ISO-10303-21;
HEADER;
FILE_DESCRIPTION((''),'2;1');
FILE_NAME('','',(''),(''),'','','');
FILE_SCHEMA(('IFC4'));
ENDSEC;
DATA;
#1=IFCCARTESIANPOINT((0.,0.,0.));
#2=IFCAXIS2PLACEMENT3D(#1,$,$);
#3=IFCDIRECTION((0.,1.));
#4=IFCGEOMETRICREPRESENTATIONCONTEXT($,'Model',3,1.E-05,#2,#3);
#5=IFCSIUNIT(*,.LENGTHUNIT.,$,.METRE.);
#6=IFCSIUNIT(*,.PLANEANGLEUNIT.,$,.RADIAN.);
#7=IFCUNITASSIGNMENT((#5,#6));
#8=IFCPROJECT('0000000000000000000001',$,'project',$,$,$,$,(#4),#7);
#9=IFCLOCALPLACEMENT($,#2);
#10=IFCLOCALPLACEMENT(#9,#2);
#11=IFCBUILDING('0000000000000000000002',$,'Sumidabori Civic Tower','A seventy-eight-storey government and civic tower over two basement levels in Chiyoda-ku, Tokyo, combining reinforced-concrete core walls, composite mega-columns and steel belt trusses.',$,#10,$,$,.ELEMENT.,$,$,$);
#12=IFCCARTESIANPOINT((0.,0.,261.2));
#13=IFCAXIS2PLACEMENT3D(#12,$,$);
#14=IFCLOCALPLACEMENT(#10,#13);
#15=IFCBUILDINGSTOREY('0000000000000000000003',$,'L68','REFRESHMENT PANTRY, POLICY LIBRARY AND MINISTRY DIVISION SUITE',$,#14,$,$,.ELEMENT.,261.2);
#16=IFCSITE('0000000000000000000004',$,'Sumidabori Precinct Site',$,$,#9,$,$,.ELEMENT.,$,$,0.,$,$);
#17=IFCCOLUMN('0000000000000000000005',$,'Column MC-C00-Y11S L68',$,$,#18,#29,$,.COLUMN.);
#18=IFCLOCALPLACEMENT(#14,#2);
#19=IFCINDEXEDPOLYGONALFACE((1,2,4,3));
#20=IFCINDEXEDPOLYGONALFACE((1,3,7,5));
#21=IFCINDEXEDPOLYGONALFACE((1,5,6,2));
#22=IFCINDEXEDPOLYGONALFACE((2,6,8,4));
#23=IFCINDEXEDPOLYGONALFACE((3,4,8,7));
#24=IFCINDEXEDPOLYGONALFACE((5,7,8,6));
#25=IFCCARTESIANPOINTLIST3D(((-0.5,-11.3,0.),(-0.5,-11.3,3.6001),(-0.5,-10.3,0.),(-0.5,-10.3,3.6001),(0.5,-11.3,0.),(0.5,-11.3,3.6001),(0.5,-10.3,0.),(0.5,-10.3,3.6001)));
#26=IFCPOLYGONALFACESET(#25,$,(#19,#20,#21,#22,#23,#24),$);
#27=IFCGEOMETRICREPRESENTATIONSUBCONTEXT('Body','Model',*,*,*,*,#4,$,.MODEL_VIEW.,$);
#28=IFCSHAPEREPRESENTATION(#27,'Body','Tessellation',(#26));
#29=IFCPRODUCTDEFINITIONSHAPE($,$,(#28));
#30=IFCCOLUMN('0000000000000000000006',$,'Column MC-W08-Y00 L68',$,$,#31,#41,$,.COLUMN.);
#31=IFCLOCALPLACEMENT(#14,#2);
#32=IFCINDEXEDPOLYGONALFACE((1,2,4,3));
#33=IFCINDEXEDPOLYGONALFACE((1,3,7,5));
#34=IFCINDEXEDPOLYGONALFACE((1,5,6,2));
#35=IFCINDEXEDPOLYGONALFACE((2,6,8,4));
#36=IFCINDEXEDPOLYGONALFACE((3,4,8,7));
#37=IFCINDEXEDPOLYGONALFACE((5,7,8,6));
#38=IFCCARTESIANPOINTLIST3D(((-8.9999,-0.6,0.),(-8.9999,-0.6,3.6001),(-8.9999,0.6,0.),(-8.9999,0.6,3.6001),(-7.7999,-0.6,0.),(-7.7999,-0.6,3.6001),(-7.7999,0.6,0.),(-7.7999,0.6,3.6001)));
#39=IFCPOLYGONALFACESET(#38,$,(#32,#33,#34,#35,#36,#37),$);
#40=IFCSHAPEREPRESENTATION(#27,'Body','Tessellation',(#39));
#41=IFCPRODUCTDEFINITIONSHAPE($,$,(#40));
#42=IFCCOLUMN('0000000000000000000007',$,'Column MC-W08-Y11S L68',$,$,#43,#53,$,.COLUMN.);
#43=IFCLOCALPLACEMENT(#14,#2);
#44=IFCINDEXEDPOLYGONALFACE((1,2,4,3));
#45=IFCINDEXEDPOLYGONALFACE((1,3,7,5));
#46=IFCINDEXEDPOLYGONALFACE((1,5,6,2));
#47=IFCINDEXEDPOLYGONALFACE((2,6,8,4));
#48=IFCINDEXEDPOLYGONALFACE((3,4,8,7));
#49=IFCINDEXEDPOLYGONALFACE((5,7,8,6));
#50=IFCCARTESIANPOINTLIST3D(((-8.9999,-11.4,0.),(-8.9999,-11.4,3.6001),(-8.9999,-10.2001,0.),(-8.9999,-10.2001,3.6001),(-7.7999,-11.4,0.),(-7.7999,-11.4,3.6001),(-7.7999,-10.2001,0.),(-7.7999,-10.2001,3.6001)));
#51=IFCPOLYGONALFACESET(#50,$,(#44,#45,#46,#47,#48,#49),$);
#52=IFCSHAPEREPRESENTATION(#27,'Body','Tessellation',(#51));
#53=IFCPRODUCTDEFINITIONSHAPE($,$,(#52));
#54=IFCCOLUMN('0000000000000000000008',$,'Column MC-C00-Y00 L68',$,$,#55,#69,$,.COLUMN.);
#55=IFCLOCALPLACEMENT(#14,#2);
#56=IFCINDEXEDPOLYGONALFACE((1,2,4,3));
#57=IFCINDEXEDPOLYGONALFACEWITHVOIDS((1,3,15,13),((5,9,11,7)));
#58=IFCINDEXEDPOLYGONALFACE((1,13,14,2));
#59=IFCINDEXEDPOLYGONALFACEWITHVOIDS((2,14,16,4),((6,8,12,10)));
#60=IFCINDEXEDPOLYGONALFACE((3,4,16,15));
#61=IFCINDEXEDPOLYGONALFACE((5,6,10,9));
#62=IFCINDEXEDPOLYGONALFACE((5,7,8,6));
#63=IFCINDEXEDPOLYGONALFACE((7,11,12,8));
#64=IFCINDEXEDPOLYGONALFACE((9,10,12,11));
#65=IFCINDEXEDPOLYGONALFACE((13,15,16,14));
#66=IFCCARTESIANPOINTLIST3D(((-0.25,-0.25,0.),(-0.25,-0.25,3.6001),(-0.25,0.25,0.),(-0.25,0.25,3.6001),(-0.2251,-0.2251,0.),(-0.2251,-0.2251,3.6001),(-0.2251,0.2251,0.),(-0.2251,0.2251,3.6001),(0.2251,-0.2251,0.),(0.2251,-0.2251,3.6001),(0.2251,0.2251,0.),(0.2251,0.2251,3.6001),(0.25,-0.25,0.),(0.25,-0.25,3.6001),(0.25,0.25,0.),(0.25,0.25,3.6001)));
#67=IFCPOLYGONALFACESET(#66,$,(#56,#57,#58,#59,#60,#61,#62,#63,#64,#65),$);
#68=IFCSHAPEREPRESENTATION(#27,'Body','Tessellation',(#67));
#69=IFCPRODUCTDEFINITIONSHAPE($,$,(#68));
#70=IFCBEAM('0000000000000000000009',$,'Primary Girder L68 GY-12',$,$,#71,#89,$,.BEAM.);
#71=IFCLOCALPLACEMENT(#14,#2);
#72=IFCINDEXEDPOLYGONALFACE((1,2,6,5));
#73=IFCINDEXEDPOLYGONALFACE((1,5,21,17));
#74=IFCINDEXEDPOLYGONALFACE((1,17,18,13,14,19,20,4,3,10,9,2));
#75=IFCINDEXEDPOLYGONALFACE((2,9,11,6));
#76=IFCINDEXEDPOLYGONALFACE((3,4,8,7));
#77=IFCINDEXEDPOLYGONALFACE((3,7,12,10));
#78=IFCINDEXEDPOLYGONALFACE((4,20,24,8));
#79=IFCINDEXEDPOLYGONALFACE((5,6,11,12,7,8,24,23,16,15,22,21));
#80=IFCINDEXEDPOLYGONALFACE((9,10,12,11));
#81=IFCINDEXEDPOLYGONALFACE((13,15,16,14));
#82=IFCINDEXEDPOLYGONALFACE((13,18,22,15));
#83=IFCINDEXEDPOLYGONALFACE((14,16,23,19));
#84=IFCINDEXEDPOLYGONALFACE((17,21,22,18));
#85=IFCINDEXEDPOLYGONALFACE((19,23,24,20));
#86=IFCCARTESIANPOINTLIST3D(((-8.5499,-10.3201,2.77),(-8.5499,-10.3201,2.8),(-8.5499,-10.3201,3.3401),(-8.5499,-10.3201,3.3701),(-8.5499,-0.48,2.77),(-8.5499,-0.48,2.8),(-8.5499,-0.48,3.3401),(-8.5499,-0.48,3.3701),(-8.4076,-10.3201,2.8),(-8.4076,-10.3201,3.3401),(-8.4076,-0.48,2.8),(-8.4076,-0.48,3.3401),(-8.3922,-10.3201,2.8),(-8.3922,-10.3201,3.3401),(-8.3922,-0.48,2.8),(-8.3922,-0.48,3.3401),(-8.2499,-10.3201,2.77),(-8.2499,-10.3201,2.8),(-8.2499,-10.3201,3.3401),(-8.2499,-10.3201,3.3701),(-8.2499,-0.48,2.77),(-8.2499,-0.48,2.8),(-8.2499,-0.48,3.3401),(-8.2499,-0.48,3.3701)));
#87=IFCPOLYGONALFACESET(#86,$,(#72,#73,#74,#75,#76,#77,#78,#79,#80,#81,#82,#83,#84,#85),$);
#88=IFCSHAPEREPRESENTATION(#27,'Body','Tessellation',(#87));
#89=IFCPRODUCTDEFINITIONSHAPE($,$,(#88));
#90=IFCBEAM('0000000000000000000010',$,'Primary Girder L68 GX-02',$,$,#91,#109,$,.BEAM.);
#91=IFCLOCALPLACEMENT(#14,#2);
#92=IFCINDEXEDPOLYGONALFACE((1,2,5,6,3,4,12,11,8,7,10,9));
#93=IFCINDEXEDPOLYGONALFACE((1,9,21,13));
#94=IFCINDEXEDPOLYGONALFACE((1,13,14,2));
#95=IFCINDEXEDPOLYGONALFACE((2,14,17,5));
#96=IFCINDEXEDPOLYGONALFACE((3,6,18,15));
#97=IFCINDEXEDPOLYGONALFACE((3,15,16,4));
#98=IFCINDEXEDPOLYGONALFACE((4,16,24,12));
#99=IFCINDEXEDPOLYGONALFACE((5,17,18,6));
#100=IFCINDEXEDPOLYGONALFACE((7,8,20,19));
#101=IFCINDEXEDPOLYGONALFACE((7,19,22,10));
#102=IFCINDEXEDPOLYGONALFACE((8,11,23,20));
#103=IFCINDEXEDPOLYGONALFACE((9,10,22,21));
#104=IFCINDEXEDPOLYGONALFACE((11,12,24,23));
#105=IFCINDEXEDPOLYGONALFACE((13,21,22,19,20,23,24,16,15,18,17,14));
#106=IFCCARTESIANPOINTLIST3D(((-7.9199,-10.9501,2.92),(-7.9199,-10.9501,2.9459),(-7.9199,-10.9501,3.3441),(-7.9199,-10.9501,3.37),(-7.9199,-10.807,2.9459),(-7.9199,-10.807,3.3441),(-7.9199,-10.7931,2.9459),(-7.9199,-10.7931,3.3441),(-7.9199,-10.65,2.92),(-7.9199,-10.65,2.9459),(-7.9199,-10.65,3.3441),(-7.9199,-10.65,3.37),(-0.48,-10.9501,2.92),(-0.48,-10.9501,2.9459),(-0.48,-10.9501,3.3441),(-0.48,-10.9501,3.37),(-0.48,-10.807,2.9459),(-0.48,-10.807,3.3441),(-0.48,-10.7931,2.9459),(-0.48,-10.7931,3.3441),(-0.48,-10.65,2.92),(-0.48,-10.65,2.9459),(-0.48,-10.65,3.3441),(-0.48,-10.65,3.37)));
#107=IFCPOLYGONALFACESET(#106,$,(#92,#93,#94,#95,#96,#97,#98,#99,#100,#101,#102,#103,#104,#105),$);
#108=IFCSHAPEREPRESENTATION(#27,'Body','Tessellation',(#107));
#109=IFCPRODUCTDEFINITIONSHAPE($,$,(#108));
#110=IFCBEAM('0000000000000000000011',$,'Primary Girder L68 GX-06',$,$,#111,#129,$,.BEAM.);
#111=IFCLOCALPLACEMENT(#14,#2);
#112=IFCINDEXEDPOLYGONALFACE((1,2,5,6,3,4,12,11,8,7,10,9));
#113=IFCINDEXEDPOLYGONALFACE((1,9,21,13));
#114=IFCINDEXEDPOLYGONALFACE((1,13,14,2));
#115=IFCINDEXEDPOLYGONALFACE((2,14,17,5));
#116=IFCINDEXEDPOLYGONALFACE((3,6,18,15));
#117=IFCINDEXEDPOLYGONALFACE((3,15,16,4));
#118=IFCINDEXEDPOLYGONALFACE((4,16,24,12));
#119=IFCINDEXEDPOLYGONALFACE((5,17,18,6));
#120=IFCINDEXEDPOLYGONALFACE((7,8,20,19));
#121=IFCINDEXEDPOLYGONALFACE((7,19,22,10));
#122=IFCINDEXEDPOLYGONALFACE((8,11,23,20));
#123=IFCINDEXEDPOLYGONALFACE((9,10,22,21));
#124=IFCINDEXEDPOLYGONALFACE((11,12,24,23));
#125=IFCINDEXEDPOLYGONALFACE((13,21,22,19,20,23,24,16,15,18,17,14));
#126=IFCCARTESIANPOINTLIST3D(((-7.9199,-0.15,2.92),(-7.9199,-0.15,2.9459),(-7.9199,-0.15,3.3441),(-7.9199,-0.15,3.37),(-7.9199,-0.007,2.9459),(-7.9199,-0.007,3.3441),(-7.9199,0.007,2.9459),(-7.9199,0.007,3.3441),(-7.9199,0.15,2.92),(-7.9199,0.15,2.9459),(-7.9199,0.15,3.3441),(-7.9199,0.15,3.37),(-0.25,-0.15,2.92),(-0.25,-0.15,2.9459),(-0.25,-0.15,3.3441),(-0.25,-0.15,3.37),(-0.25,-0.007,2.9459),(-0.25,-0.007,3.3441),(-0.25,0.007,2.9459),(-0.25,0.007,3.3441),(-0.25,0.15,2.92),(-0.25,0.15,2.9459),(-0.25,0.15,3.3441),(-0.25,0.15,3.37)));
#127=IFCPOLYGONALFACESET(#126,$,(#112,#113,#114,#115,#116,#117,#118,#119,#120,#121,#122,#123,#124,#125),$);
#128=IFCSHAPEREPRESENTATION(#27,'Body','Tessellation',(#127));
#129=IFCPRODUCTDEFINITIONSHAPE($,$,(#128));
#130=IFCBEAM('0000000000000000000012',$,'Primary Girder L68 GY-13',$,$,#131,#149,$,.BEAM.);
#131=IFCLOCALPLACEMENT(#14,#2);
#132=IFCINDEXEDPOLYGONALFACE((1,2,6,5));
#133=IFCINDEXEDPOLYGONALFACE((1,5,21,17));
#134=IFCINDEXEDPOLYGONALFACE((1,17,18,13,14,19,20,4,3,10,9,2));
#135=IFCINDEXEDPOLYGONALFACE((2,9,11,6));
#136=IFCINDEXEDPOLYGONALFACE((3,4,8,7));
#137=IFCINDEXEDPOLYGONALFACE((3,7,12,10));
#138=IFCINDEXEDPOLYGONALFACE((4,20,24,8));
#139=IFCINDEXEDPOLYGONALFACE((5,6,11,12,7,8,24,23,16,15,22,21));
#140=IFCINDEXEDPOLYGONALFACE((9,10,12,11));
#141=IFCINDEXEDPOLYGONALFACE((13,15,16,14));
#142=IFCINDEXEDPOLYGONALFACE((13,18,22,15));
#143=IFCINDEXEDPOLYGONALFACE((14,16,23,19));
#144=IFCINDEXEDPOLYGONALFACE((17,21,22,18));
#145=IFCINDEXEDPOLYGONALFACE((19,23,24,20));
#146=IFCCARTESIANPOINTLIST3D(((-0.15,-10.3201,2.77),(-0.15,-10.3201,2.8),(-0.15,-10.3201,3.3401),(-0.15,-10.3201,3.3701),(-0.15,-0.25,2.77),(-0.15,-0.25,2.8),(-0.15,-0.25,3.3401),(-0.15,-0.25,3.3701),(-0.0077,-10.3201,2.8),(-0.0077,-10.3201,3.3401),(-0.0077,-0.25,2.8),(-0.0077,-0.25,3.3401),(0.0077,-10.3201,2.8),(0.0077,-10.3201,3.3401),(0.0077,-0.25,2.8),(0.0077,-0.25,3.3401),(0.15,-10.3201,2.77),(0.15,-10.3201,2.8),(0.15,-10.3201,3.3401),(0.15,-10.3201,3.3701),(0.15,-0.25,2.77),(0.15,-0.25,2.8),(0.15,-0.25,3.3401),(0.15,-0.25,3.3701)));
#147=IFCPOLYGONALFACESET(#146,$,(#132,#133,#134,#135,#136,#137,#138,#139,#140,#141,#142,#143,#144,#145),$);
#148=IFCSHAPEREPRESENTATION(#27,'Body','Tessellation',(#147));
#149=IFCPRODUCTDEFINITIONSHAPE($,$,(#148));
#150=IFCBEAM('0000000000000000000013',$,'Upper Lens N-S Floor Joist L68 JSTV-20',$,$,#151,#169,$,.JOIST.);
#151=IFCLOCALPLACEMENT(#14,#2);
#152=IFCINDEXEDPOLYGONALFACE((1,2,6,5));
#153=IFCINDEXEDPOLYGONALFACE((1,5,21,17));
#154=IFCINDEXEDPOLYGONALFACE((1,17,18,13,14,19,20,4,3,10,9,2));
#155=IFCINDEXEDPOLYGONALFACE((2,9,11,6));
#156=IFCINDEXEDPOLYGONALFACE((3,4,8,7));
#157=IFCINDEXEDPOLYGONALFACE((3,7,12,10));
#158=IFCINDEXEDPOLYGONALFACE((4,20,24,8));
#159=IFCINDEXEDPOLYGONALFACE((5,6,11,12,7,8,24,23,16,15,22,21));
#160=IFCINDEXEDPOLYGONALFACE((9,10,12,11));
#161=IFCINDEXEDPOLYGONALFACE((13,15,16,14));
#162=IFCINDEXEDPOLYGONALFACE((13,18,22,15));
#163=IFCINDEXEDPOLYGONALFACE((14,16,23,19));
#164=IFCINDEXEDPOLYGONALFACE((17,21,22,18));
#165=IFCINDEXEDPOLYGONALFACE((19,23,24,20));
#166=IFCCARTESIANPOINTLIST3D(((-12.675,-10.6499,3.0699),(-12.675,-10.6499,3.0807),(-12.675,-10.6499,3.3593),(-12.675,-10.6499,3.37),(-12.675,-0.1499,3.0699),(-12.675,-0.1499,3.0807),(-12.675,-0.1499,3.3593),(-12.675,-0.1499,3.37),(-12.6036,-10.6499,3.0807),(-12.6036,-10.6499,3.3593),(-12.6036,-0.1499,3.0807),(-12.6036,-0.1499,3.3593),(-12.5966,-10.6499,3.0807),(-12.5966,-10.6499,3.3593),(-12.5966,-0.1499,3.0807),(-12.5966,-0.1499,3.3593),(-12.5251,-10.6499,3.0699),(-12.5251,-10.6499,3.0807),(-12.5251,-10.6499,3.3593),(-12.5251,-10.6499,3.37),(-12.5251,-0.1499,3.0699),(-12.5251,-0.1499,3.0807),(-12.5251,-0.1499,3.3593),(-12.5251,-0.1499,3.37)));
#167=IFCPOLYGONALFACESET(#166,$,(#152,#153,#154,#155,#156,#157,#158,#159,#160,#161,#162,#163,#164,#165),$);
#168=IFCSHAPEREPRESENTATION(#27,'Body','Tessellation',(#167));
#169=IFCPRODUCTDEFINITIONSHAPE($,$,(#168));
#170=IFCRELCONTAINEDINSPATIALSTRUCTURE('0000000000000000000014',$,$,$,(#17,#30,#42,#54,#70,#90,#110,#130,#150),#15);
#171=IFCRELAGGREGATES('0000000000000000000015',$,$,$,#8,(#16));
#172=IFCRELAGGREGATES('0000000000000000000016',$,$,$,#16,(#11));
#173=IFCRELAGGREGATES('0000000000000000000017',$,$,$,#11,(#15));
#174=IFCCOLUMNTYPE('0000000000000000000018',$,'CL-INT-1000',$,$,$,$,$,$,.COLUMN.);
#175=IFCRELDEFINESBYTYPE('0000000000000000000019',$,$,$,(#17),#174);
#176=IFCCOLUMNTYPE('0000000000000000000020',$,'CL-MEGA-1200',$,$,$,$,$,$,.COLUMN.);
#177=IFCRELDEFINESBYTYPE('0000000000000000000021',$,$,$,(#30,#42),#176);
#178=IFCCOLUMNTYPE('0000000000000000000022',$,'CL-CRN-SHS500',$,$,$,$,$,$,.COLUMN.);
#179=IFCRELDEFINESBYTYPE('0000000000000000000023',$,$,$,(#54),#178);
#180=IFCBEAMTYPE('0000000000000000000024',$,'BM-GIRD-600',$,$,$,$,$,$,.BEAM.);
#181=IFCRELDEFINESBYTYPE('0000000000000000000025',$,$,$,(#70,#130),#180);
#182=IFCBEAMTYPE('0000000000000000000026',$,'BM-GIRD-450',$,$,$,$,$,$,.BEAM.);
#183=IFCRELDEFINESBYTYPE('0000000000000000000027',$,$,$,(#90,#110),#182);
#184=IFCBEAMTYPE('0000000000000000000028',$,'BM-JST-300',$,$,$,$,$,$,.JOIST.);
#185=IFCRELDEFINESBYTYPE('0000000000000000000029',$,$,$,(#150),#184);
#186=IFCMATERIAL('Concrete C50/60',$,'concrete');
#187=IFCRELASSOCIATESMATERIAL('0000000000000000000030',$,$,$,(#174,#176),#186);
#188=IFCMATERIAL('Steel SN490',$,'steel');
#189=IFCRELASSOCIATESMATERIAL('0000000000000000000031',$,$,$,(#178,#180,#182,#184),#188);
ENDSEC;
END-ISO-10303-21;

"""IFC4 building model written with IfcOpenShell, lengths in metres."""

from ifc_helpers import new_model, si_unit, direction, frame, origin, origin_with_axes, origin_2d, place, context, subcontext, project, spatial, rectangle, hollow_rectangle, i_section, extrude, source, transform, mapped, material, material_profile, profile_set, type_object, element, save


model = new_model("IFC4")

# Units and contexts
model_context = context("Model", 3, precision=1e-05, world=origin(), true_north=direction((0.0, 1.0)))
body_context = subcontext(model_context, "Body", "Model", "MODEL_VIEW")
ifc_project = project(units=[si_unit("LENGTHUNIT", "METRE"), si_unit("PLANEANGLEUNIT", "RADIAN")], contexts=[model_context])

# Site, building, storey
site_placement = place(None, origin())
site = spatial("IfcSite", under=ifc_project, at=site_placement, Name="Sumidabori Precinct Site", CompositionType="ELEMENT", RefElevation=0.0)
building_placement = place(site_placement, origin())
building = spatial("IfcBuilding", under=site, at=building_placement, Name="Sumidabori Civic Tower", Description="A seventy-eight-storey government and civic tower over two basement levels in Chiyoda-ku, Tokyo, combining reinforced-concrete core walls, composite mega-columns and steel belt trusses.", CompositionType="ELEMENT")
storey_placement = place(building_placement, frame((0.0, 0.0, 261.2)))
storey = spatial("IfcBuildingStorey", under=building, at=storey_placement, Name="L68", Description="REFRESHMENT PANTRY, POLICY LIBRARY AND MINISTRY DIVISION SUITE", CompositionType="ELEMENT", Elevation=261.2)

# Columns
ifc_material_1 = material(Name="Concrete C50/60", Category="concrete")
ifc_material_profile_1 = material_profile(ifc_material_1, rectangle(XDim=1.0, YDim=1.0, at=origin_2d()), Name="RC 1000x1000")
ifc_profile_set_1 = profile_set([ifc_material_profile_1], Name="Concrete C50/60")
column_type_1 = type_object("IfcColumnType", Name="CL-INT-1000", PredefinedType="COLUMN", material=ifc_profile_set_1)
shared_shape_1 = source(origin(), body_context, "Body", "SweptSolid", [
    extrude(rectangle(XDim=1.0, YDim=1.0, at=origin_2d()), origin(), (0.0, 0.0, 1.0), 3.6001),
])
column_1_placement = place(storey_placement, frame((0.0, -10.8, 0.0), z_axis=(0.0, 0.0, 1.0), x_axis=(1.0, 0.0, 0.0)))
element("IfcColumn", 1, at=column_1_placement, inside=storey, type_object=column_type_1, Name="Column MC-C00-Y11S L68", PredefinedType="COLUMN", context=body_context, shape_type="MappedRepresentation", body=[
    mapped(shared_shape_1, transform((0.0, 0.0, 0.0), x_axis=(1.0, 0.0, 0.0), y_axis=(0.0, 1.0, 0.0), z_axis=(0.0, 0.0, 1.0), scale=1.0)),
])
ifc_material_profile_2 = material_profile(ifc_material_1, rectangle(XDim=1.2, YDim=1.2, at=origin_2d()), Name="RC 1200x1200")
ifc_profile_set_2 = profile_set([ifc_material_profile_2], Name="Concrete C50/60")
column_type_2 = type_object("IfcColumnType", Name="CL-MEGA-1200", PredefinedType="COLUMN", material=ifc_profile_set_2)
shared_shape_2 = source(origin(), body_context, "Body", "SweptSolid", [
    extrude(rectangle(XDim=1.2, YDim=1.2, at=origin_2d()), origin(), (0.0, 0.0, 1.0), 3.6001),
])
for number, where, z_axis, x_axis, name in (
    (2, (-8.3999, 0.0, 0.0), (0.0, 0.0, 1.0), (1.0, 0.0, 0.0), "Column MC-W08-Y00 L68"),
    (3, (-8.3999, -10.8, 0.0), (0.0, 0.0, 1.0), (1.0, 0.0, 0.0), "Column MC-W08-Y11S L68"),
):
    element("IfcColumn", number, at=place(storey_placement, frame(where, z_axis=z_axis, x_axis=x_axis)), inside=storey, type_object=column_type_2, Name=name, PredefinedType="COLUMN", context=body_context, shape_type="MappedRepresentation", body=[
        mapped(shared_shape_2, transform((0.0, 0.0, 0.0), x_axis=(1.0, 0.0, 0.0), y_axis=(0.0, 1.0, 0.0), z_axis=(0.0, 0.0, 1.0), scale=1.0)),
    ])
ifc_material_2 = material(Name="Steel SN490", Category="steel")
ifc_material_profile_3 = material_profile(ifc_material_2, hollow_rectangle(XDim=0.5, YDim=0.5, WallThickness=0.0249, at=origin_2d()), Name="SHS 500x500x25")
ifc_profile_set_3 = profile_set([ifc_material_profile_3], Name="Steel SN490")
column_type_3 = type_object("IfcColumnType", Name="CL-CRN-SHS500", PredefinedType="COLUMN", material=ifc_profile_set_3)
shared_shape_3 = source(origin(), body_context, "Body", "SweptSolid", [
    extrude(hollow_rectangle(XDim=0.5, YDim=0.5, WallThickness=0.0249, at=origin_2d()), origin(), (0.0, 0.0, 1.0), 3.6001),
])
column_2_placement = place(storey_placement, origin_with_axes())
element("IfcColumn", 4, at=column_2_placement, inside=storey, type_object=column_type_3, Name="Column MC-C00-Y00 L68", PredefinedType="COLUMN", context=body_context, shape_type="MappedRepresentation", body=[
    mapped(shared_shape_3, transform((0.0, 0.0, 0.0), x_axis=(1.0, 0.0, 0.0), y_axis=(0.0, 1.0, 0.0), z_axis=(0.0, 0.0, 1.0), scale=1.0)),
])

# Beams
ifc_material_profile_4 = material_profile(ifc_material_2, i_section(OverallWidth=0.3, OverallDepth=0.6001, WebThickness=0.0154, FlangeThickness=0.03, at=origin_2d()), Name="HE 600 B")
ifc_profile_set_4 = profile_set([ifc_material_profile_4], Name="Steel SN490")
beam_type_1 = type_object("IfcBeamType", Name="BM-GIRD-600", PredefinedType="BEAM", material=ifc_profile_set_4)
shared_shape_4 = source(origin(), body_context, "Body", "SweptSolid", [
    extrude(i_section(OverallWidth=0.3, OverallDepth=0.6001, WebThickness=0.0154, FlangeThickness=0.03, at=origin_2d()), origin(), (0.0, 0.0, 1.0), 9.8401),
])
beam_1_placement = place(storey_placement, frame((-8.3999, -10.3201, 3.0701), z_axis=(0.0, 1.0, 0.0), x_axis=(-1.0, 0.0, 0.0)))
element("IfcBeam", 5, at=beam_1_placement, inside=storey, type_object=beam_type_1, Name="Primary Girder L68 GY-12", PredefinedType="BEAM", context=body_context, shape_type="MappedRepresentation", body=[
    mapped(shared_shape_4, transform((0.0, 0.0, 0.0), x_axis=(1.0, 0.0, 0.0), y_axis=(0.0, 1.0, 0.0), z_axis=(0.0, 0.0, 1.0), scale=1.0)),
])
ifc_material_profile_5 = material_profile(ifc_material_2, i_section(OverallWidth=0.3, OverallDepth=0.45, WebThickness=0.0139, FlangeThickness=0.0259, at=origin_2d()), Name="HE 450 B")
ifc_profile_set_5 = profile_set([ifc_material_profile_5], Name="Steel SN490")
beam_type_2 = type_object("IfcBeamType", Name="BM-GIRD-450", PredefinedType="BEAM", material=ifc_profile_set_5)
shared_shape_5 = source(origin(), body_context, "Body", "SweptSolid", [
    extrude(i_section(OverallWidth=0.3, OverallDepth=0.45, WebThickness=0.0139, FlangeThickness=0.0259, at=origin_2d()), origin(), (0.0, 0.0, 1.0), 7.4399),
])
beam_2_placement = place(storey_placement, frame((-7.9199, -10.8, 3.145), z_axis=(1.0, 0.0, 0.0), x_axis=(0.0, 1.0, 0.0)))
element("IfcBeam", 6, at=beam_2_placement, inside=storey, type_object=beam_type_2, Name="Primary Girder L68 GX-02", PredefinedType="BEAM", context=body_context, shape_type="MappedRepresentation", body=[
    mapped(shared_shape_5, transform((0.0, 0.0, 0.0), x_axis=(1.0, 0.0, 0.0), y_axis=(0.0, 1.0, 0.0), z_axis=(0.0, 0.0, 1.0), scale=1.0)),
])
shared_shape_6 = source(origin(), body_context, "Body", "SweptSolid", [
    extrude(i_section(OverallWidth=0.3, OverallDepth=0.45, WebThickness=0.0139, FlangeThickness=0.0259, at=origin_2d()), origin(), (0.0, 0.0, 1.0), 7.6699),
])
beam_3_placement = place(storey_placement, frame((-7.9199, 0.0, 3.145), z_axis=(1.0, 0.0, 0.0), x_axis=(0.0, 1.0, 0.0)))
element("IfcBeam", 7, at=beam_3_placement, inside=storey, type_object=beam_type_2, Name="Primary Girder L68 GX-06", PredefinedType="BEAM", context=body_context, shape_type="MappedRepresentation", body=[
    mapped(shared_shape_6, transform((0.0, 0.0, 0.0), x_axis=(1.0, 0.0, 0.0), y_axis=(0.0, 1.0, 0.0), z_axis=(0.0, 0.0, 1.0), scale=1.0)),
])
shared_shape_7 = source(origin(), body_context, "Body", "SweptSolid", [
    extrude(i_section(OverallWidth=0.3, OverallDepth=0.6001, WebThickness=0.0154, FlangeThickness=0.03, at=origin_2d()), origin(), (0.0, 0.0, 1.0), 10.0701),
])
beam_4_placement = place(storey_placement, frame((0.0, -10.3201, 3.0701), z_axis=(0.0, 1.0, 0.0), x_axis=(-1.0, 0.0, 0.0)))
element("IfcBeam", 8, at=beam_4_placement, inside=storey, type_object=beam_type_1, Name="Primary Girder L68 GY-13", PredefinedType="BEAM", context=body_context, shape_type="MappedRepresentation", body=[
    mapped(shared_shape_7, transform((0.0, 0.0, 0.0), x_axis=(1.0, 0.0, 0.0), y_axis=(0.0, 1.0, 0.0), z_axis=(0.0, 0.0, 1.0), scale=1.0)),
])
ifc_material_profile_6 = material_profile(ifc_material_2, i_section(OverallWidth=0.1499, OverallDepth=0.3, WebThickness=0.0071, FlangeThickness=0.0107, at=origin_2d()), Name="IPE 300")
ifc_profile_set_6 = profile_set([ifc_material_profile_6], Name="Steel SN490")
beam_type_3 = type_object("IfcBeamType", Name="BM-JST-300", PredefinedType="JOIST", material=ifc_profile_set_6)
shared_shape_8 = source(origin(), body_context, "Body", "SweptSolid", [
    extrude(i_section(OverallWidth=0.1499, OverallDepth=0.3, WebThickness=0.0071, FlangeThickness=0.0107, at=origin_2d()), origin(), (0.0, 0.0, 1.0), 10.5),
])
for number, where, z_axis, x_axis, name in (
    (9, (-12.6001, -10.6499, 3.22), (0.0, 1.0, 0.0), (-1.0, 0.0, 0.0), "Upper Lens N-S Floor Joist L68 JSTV-20"),
):
    element("IfcBeam", number, at=place(storey_placement, frame(where, z_axis=z_axis, x_axis=x_axis)), inside=storey, type_object=beam_type_3, Name=name, PredefinedType="JOIST", context=body_context, shape_type="MappedRepresentation", body=[
        mapped(shared_shape_8, transform((0.0, 0.0, 0.0), x_axis=(1.0, 0.0, 0.0), y_axis=(0.0, 1.0, 0.0), z_axis=(0.0, 0.0, 1.0), scale=1.0)),
    ])

save(model, "model.ifc")
